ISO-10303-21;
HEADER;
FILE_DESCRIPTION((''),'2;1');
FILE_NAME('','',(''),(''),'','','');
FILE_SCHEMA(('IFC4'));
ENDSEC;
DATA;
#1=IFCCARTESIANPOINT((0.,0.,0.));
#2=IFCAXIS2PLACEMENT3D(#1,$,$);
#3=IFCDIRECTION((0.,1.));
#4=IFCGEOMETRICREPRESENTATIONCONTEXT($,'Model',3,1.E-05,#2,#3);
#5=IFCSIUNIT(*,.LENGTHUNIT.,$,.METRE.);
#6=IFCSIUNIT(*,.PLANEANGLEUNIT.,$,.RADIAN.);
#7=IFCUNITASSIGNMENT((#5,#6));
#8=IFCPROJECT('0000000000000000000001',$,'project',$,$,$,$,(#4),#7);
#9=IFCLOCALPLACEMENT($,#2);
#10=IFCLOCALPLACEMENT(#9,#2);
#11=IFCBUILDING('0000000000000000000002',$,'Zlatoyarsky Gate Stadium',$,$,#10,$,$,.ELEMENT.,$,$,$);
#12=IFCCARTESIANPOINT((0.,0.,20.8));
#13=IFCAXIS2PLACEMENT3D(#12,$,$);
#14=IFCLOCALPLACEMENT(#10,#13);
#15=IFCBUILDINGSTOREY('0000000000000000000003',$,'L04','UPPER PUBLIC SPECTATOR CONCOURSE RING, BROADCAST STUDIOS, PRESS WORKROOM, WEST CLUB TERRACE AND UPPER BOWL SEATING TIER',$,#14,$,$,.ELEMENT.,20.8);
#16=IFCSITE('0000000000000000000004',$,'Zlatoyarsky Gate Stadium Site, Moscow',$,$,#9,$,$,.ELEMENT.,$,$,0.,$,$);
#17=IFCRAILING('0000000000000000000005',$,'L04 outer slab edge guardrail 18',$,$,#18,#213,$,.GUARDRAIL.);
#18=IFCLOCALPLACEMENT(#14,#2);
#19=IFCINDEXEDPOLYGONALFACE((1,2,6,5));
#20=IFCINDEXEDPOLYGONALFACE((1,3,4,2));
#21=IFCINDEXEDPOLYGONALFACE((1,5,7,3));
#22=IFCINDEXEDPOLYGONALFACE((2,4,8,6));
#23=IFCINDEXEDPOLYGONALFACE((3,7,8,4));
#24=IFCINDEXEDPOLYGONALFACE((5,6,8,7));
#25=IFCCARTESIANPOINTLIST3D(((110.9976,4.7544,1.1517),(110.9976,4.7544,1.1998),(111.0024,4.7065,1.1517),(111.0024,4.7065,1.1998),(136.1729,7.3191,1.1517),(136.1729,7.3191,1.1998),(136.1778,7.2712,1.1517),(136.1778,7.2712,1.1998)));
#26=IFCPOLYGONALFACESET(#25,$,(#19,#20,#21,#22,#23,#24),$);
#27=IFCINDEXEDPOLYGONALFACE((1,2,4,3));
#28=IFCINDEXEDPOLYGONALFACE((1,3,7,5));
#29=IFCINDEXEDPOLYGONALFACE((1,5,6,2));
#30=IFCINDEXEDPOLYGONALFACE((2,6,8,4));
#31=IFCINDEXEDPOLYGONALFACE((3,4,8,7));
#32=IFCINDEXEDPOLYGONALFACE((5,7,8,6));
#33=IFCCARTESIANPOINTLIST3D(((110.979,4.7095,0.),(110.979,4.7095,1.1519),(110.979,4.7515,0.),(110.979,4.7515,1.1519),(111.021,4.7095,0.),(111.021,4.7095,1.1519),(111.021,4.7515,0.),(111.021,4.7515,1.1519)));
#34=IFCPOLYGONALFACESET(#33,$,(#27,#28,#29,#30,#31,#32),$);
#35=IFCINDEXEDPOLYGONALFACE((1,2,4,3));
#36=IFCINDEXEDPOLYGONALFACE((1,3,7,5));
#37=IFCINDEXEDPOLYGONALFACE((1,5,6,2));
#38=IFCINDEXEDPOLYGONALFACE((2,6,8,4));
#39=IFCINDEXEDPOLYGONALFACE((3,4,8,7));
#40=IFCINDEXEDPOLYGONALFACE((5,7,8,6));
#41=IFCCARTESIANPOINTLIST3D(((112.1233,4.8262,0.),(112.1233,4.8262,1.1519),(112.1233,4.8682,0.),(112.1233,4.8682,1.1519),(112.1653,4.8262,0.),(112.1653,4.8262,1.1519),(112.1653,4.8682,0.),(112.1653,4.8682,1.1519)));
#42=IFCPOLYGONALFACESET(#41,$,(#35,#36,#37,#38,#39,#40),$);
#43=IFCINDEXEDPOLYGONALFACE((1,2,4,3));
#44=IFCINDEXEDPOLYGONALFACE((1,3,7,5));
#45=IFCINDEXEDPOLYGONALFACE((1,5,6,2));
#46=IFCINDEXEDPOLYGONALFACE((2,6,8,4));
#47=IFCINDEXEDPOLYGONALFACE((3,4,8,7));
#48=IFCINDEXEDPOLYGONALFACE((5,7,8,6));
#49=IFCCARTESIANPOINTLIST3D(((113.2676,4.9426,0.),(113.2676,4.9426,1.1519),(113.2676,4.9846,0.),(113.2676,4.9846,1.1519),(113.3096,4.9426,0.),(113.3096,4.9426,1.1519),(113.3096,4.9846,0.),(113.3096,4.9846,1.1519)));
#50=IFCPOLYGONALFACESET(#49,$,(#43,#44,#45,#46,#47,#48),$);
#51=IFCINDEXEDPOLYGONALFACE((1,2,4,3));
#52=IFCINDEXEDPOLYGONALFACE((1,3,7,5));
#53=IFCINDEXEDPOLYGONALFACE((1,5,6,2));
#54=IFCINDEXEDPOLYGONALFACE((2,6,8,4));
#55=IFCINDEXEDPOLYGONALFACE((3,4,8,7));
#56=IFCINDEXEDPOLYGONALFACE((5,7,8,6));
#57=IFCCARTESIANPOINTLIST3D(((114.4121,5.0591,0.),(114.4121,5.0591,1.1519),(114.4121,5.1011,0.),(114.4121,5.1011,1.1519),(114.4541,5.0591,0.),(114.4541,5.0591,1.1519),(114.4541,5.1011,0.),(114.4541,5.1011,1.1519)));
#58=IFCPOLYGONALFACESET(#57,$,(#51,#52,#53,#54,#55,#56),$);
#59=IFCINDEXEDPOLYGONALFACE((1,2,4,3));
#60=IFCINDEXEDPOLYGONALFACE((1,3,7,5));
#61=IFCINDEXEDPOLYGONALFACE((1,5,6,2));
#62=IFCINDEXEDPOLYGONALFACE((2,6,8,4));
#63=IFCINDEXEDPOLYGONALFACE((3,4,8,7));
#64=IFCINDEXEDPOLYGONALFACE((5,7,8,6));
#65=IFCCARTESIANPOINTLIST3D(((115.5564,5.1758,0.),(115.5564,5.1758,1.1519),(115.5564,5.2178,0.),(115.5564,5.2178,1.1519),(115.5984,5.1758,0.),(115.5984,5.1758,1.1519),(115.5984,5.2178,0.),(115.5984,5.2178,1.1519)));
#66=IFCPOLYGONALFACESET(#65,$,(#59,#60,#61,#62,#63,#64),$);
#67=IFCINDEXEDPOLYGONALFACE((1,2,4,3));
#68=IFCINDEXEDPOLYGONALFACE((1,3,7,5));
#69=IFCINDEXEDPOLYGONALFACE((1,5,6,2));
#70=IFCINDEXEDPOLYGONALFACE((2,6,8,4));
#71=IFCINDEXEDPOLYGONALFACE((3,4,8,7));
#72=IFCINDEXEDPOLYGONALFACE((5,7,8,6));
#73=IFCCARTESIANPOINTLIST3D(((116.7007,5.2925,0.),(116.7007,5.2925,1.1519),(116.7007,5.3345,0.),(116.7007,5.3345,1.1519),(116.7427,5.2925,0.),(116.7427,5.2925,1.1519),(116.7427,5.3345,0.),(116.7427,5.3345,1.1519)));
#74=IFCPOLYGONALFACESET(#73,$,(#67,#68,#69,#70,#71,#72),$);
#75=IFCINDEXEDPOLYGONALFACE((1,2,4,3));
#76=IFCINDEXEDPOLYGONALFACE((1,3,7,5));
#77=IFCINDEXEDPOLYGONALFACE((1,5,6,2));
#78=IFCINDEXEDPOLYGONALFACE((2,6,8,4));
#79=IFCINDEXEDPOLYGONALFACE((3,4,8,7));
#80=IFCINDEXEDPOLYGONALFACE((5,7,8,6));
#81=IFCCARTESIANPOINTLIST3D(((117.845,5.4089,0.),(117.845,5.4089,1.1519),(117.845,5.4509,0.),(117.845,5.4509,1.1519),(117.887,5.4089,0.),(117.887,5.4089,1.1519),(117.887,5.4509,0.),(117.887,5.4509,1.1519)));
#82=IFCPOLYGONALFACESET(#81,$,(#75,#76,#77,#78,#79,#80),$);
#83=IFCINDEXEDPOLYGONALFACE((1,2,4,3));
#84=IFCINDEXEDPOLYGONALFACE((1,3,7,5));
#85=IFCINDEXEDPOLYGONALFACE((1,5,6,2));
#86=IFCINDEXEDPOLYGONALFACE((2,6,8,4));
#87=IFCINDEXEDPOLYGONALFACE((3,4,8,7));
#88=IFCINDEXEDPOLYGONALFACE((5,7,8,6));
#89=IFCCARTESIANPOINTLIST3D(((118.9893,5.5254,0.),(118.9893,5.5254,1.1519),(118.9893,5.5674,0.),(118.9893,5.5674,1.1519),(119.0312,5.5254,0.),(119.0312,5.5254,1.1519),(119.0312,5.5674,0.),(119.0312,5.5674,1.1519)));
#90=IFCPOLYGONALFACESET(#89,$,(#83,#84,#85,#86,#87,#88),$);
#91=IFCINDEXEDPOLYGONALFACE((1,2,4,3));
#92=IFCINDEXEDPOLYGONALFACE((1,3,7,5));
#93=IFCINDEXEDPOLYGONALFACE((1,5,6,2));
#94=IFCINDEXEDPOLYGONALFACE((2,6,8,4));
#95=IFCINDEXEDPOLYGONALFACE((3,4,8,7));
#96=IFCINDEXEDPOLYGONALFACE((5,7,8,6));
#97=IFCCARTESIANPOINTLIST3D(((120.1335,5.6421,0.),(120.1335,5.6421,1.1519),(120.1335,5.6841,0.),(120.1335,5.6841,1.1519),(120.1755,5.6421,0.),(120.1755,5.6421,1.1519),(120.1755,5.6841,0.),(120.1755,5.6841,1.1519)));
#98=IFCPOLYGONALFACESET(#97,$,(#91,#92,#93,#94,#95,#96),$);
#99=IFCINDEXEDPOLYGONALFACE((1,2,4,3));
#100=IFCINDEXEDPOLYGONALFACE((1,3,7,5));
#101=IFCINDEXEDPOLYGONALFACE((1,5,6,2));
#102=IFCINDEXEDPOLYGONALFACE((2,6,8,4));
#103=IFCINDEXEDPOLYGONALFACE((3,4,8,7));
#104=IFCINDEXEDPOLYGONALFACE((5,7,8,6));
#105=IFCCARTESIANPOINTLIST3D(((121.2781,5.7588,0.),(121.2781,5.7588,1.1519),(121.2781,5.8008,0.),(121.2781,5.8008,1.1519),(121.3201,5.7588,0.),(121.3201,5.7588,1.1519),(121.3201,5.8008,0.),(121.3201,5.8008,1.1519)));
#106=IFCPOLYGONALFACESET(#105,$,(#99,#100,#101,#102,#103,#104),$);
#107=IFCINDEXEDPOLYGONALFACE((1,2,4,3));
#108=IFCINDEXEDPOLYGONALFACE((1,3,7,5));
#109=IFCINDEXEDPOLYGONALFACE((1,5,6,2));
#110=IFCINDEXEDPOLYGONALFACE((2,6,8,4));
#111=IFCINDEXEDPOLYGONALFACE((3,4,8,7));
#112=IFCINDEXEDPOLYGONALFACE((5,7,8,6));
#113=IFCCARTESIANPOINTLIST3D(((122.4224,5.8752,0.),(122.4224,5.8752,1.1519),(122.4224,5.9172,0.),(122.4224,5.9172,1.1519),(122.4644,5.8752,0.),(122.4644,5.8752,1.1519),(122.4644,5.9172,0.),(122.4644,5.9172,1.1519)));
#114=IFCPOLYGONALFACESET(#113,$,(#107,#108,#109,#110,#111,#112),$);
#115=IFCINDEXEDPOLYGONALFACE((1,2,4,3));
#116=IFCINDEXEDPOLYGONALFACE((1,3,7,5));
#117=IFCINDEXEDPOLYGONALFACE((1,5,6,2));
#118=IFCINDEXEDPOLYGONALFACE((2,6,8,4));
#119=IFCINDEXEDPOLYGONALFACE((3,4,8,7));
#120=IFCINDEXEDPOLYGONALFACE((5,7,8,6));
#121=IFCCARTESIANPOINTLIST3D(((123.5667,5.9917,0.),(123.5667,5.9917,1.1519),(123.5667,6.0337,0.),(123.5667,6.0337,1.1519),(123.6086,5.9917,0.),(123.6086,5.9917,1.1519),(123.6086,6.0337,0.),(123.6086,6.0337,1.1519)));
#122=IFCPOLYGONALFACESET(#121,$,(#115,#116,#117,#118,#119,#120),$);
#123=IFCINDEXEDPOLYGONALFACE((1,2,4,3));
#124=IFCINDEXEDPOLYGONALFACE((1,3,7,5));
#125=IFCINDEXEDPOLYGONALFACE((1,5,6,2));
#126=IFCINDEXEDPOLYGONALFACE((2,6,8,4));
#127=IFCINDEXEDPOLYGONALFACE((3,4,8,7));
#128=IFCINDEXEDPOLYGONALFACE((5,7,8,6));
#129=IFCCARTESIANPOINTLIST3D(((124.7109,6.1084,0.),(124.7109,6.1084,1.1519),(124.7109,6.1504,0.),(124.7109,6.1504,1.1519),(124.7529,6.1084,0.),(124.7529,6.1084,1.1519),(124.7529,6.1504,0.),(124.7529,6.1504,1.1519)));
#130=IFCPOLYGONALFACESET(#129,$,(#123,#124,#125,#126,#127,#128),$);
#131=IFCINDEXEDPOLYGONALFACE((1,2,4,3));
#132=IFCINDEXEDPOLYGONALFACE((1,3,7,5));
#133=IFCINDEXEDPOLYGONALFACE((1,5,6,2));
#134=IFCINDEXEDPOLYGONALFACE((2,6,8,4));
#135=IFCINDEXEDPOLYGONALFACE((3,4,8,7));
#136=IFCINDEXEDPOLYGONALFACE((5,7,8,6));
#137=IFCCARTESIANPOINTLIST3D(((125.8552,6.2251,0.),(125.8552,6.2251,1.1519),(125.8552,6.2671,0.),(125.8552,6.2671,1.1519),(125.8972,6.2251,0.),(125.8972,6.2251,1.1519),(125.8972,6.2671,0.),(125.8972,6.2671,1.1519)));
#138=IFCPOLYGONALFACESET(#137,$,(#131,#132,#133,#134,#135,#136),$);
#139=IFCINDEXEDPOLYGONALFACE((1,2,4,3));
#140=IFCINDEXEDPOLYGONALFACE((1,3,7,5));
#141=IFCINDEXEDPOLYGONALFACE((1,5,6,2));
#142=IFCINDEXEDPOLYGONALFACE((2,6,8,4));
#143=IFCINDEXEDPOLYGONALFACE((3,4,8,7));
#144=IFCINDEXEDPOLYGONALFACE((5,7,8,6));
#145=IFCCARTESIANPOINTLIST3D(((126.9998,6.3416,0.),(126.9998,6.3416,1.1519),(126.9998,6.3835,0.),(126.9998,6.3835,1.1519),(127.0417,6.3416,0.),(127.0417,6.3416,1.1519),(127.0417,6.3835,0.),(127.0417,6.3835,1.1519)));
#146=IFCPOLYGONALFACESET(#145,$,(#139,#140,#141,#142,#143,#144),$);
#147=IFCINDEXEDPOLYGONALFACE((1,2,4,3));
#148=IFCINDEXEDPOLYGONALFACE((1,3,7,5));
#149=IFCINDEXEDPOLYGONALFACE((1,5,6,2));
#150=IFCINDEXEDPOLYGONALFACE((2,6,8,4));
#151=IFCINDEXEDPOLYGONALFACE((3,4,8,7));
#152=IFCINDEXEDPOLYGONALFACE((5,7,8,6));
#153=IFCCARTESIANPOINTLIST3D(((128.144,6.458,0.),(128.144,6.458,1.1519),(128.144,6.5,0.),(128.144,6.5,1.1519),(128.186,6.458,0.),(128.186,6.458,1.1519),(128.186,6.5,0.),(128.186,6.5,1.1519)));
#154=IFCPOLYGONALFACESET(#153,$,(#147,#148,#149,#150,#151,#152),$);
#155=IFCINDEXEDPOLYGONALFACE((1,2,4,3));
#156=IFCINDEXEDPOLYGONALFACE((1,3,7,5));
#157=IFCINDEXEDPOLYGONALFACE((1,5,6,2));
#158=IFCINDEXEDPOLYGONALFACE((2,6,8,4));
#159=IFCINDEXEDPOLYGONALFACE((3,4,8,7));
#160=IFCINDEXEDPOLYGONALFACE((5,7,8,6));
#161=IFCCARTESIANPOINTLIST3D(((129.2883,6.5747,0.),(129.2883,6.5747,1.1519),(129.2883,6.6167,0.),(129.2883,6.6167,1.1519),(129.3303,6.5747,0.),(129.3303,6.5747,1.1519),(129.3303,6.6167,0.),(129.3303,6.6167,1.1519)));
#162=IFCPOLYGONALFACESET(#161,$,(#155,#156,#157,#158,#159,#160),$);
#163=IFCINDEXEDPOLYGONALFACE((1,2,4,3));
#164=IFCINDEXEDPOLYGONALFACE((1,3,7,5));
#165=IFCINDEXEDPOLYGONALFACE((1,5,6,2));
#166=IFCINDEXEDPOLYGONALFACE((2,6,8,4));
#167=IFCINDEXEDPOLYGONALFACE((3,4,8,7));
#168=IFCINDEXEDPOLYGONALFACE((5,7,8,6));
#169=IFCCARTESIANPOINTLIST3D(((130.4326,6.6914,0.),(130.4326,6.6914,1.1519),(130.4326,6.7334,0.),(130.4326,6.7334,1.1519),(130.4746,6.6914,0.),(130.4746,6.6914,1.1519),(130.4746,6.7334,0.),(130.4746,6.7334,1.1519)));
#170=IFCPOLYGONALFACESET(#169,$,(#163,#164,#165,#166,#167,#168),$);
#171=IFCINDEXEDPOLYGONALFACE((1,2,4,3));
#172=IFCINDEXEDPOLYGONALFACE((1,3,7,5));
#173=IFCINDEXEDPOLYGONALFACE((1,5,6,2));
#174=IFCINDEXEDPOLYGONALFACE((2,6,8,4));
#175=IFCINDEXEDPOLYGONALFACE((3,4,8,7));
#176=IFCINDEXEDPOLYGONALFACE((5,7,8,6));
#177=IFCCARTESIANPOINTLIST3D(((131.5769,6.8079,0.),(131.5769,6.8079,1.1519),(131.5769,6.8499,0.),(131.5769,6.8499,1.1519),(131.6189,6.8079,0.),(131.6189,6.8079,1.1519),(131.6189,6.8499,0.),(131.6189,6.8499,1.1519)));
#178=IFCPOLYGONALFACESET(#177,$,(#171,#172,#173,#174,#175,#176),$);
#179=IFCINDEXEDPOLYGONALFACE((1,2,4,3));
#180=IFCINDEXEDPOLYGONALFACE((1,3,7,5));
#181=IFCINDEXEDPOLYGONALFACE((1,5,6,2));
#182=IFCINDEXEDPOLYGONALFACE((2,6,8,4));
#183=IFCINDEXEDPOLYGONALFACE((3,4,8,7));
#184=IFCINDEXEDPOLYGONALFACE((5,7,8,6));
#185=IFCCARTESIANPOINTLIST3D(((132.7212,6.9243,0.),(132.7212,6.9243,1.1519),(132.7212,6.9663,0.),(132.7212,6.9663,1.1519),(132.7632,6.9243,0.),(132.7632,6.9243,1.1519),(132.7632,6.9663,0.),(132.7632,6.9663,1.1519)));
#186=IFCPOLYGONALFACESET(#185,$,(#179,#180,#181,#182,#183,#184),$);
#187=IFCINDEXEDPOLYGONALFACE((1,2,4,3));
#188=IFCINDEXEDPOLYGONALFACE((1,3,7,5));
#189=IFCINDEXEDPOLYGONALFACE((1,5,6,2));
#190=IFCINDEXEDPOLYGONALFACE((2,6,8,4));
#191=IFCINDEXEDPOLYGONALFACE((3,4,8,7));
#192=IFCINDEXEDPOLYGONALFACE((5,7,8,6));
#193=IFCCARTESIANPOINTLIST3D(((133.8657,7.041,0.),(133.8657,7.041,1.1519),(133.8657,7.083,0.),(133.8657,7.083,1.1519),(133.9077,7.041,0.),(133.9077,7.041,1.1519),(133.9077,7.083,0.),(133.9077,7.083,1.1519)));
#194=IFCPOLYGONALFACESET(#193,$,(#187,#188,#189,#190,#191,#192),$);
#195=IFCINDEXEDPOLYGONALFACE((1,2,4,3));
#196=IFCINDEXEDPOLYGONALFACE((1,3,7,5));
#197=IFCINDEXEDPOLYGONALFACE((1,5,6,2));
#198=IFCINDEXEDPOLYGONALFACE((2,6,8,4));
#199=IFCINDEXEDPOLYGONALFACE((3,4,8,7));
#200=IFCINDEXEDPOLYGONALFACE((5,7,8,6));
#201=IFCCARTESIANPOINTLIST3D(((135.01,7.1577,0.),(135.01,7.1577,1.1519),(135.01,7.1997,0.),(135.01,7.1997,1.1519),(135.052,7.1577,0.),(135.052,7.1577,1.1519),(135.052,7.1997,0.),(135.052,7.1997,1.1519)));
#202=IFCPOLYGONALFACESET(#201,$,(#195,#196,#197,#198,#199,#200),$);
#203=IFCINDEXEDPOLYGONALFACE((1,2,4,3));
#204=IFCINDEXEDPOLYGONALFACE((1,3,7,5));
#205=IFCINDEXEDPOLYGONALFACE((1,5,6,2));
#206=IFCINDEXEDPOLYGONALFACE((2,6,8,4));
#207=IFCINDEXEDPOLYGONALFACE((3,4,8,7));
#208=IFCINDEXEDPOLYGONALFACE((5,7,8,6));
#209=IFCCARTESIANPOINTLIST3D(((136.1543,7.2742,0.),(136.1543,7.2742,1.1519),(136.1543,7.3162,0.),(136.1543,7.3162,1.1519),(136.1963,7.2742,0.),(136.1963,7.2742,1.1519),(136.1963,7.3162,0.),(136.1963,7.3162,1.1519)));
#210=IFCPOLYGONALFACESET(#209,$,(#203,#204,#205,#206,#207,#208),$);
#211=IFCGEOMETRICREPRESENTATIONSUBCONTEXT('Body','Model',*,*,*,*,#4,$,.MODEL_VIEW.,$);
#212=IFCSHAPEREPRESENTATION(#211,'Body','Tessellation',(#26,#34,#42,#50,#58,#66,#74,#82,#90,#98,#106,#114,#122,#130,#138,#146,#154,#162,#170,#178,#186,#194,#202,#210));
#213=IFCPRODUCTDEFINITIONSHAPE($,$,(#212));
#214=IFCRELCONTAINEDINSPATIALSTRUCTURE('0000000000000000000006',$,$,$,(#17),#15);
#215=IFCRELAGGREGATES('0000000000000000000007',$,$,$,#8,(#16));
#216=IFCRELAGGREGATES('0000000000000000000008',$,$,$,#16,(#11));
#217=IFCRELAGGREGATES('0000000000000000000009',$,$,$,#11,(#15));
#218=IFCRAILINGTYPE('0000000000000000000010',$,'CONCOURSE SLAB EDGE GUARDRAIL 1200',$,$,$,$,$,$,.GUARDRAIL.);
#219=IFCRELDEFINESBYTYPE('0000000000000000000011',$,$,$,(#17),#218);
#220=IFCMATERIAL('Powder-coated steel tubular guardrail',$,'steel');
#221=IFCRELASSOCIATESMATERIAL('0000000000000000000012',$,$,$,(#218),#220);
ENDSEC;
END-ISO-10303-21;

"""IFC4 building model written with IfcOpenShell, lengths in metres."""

from ifc_helpers import new_model, si_unit, direction, frame, origin, origin_2d, place, context, subcontext, project, spatial, rectangle, extrude, material, type_object, element, save


model = new_model("IFC4")

# Units and contexts
model_context = context("Model", 3, precision=1e-05, world=origin(), true_north=direction((0.0, 1.0)))
body_context = subcontext(model_context, "Body", "Model", "MODEL_VIEW")
ifc_project = project(units=[si_unit("LENGTHUNIT", "METRE"), si_unit("PLANEANGLEUNIT", "RADIAN")], contexts=[model_context])

# Site, building, storey
site_placement = place(None, origin())
site = spatial("IfcSite", under=ifc_project, at=site_placement, Name="Zlatoyarsky Gate Stadium Site, Moscow", CompositionType="ELEMENT", RefElevation=0.0)
building_placement = place(site_placement, origin())
building = spatial("IfcBuilding", under=site, at=building_placement, Name="Zlatoyarsky Gate Stadium", CompositionType="ELEMENT")
storey_placement = place(building_placement, frame((0.0, 0.0, 20.8)))
storey = spatial("IfcBuildingStorey", under=building, at=storey_placement, Name="L04", Description="UPPER PUBLIC SPECTATOR CONCOURSE RING, BROADCAST STUDIOS, PRESS WORKROOM, WEST CLUB TERRACE AND UPPER BOWL SEATING TIER", CompositionType="ELEMENT", Elevation=20.8)

# Railing
ifc_material_1 = material(Name="Powder-coated steel tubular guardrail", Category="steel")
railing_type = type_object("IfcRailingType", Name="CONCOURSE SLAB EDGE GUARDRAIL 1200", PredefinedType="GUARDRAIL", material=ifc_material_1)
railing_placement = place(storey_placement, frame((111.0, 4.7305, 0.0)))
element("IfcRailing", 1, at=railing_placement, inside=storey, type_object=railing_type, Name="L04 outer slab edge guardrail 18", PredefinedType="GUARDRAIL", context=body_context, shape_type="SweptSolid", body=[
    extrude(rectangle(XDim=0.0481, YDim=0.0481, at=origin_2d()), frame((0.0, 0.0, 1.1758), z_axis=(0.994851, 0.101349, 0.0), x_axis=(-0.101349, 0.994851, 0.0)), (0.0, 0.0, 1.0), 25.3057),
    extrude(rectangle(XDim=0.042, YDim=0.042, at=origin_2d()), origin(), (0.0, 0.0, 1.0), 1.1519),
    extrude(rectangle(XDim=0.042, YDim=0.042, at=origin_2d()), frame((1.1443, 0.1167, 0.0)), (0.0, 0.0, 1.0), 1.1519),
    extrude(rectangle(XDim=0.042, YDim=0.042, at=origin_2d()), frame((2.2886, 0.2332, 0.0)), (0.0, 0.0, 1.0), 1.1519),
    extrude(rectangle(XDim=0.042, YDim=0.042, at=origin_2d()), frame((3.4331, 0.3496, 0.0)), (0.0, 0.0, 1.0), 1.1519),
    extrude(rectangle(XDim=0.042, YDim=0.042, at=origin_2d()), frame((4.5774, 0.4663, 0.0)), (0.0, 0.0, 1.0), 1.1519),
    extrude(rectangle(XDim=0.042, YDim=0.042, at=origin_2d()), frame((5.7217, 0.583, 0.0)), (0.0, 0.0, 1.0), 1.1519),
    extrude(rectangle(XDim=0.042, YDim=0.042, at=origin_2d()), frame((6.866, 0.6995, 0.0)), (0.0, 0.0, 1.0), 1.1519),
    extrude(rectangle(XDim=0.042, YDim=0.042, at=origin_2d()), frame((8.0103, 0.8159, 0.0)), (0.0, 0.0, 1.0), 1.1519),
    extrude(rectangle(XDim=0.042, YDim=0.042, at=origin_2d()), frame((9.1545, 0.9326, 0.0)), (0.0, 0.0, 1.0), 1.1519),
    extrude(rectangle(XDim=0.042, YDim=0.042, at=origin_2d()), frame((10.2991, 1.0493, 0.0)), (0.0, 0.0, 1.0), 1.1519),
    extrude(rectangle(XDim=0.042, YDim=0.042, at=origin_2d()), frame((11.4434, 1.1658, 0.0)), (0.0, 0.0, 1.0), 1.1519),
    extrude(rectangle(XDim=0.042, YDim=0.042, at=origin_2d()), frame((12.5876, 1.2822, 0.0)), (0.0, 0.0, 1.0), 1.1519),
    extrude(rectangle(XDim=0.042, YDim=0.042, at=origin_2d()), frame((13.7319, 1.3989, 0.0)), (0.0, 0.0, 1.0), 1.1519),
    extrude(rectangle(XDim=0.042, YDim=0.042, at=origin_2d()), frame((14.8762, 1.5156, 0.0)), (0.0, 0.0, 1.0), 1.1519),
    extrude(rectangle(XDim=0.042, YDim=0.042, at=origin_2d()), frame((16.0208, 1.6321, 0.0)), (0.0, 0.0, 1.0), 1.1519),
    extrude(rectangle(XDim=0.042, YDim=0.042, at=origin_2d()), frame((17.165, 1.7485, 0.0)), (0.0, 0.0, 1.0), 1.1519),
    extrude(rectangle(XDim=0.042, YDim=0.042, at=origin_2d()), frame((18.3093, 1.8652, 0.0)), (0.0, 0.0, 1.0), 1.1519),
    extrude(rectangle(XDim=0.042, YDim=0.042, at=origin_2d()), frame((19.4536, 1.9819, 0.0)), (0.0, 0.0, 1.0), 1.1519),
    extrude(rectangle(XDim=0.042, YDim=0.042, at=origin_2d()), frame((20.5979, 2.0984, 0.0)), (0.0, 0.0, 1.0), 1.1519),
    extrude(rectangle(XDim=0.042, YDim=0.042, at=origin_2d()), frame((21.7422, 2.2148, 0.0)), (0.0, 0.0, 1.0), 1.1519),
    extrude(rectangle(XDim=0.042, YDim=0.042, at=origin_2d()), frame((22.8867, 2.3315, 0.0)), (0.0, 0.0, 1.0), 1.1519),
    extrude(rectangle(XDim=0.042, YDim=0.042, at=origin_2d()), frame((24.031, 2.4482, 0.0)), (0.0, 0.0, 1.0), 1.1519),
    extrude(rectangle(XDim=0.042, YDim=0.042, at=origin_2d()), frame((25.1753, 2.5647, 0.0)), (0.0, 0.0, 1.0), 1.1519),
])

save(model, "model.ifc")
